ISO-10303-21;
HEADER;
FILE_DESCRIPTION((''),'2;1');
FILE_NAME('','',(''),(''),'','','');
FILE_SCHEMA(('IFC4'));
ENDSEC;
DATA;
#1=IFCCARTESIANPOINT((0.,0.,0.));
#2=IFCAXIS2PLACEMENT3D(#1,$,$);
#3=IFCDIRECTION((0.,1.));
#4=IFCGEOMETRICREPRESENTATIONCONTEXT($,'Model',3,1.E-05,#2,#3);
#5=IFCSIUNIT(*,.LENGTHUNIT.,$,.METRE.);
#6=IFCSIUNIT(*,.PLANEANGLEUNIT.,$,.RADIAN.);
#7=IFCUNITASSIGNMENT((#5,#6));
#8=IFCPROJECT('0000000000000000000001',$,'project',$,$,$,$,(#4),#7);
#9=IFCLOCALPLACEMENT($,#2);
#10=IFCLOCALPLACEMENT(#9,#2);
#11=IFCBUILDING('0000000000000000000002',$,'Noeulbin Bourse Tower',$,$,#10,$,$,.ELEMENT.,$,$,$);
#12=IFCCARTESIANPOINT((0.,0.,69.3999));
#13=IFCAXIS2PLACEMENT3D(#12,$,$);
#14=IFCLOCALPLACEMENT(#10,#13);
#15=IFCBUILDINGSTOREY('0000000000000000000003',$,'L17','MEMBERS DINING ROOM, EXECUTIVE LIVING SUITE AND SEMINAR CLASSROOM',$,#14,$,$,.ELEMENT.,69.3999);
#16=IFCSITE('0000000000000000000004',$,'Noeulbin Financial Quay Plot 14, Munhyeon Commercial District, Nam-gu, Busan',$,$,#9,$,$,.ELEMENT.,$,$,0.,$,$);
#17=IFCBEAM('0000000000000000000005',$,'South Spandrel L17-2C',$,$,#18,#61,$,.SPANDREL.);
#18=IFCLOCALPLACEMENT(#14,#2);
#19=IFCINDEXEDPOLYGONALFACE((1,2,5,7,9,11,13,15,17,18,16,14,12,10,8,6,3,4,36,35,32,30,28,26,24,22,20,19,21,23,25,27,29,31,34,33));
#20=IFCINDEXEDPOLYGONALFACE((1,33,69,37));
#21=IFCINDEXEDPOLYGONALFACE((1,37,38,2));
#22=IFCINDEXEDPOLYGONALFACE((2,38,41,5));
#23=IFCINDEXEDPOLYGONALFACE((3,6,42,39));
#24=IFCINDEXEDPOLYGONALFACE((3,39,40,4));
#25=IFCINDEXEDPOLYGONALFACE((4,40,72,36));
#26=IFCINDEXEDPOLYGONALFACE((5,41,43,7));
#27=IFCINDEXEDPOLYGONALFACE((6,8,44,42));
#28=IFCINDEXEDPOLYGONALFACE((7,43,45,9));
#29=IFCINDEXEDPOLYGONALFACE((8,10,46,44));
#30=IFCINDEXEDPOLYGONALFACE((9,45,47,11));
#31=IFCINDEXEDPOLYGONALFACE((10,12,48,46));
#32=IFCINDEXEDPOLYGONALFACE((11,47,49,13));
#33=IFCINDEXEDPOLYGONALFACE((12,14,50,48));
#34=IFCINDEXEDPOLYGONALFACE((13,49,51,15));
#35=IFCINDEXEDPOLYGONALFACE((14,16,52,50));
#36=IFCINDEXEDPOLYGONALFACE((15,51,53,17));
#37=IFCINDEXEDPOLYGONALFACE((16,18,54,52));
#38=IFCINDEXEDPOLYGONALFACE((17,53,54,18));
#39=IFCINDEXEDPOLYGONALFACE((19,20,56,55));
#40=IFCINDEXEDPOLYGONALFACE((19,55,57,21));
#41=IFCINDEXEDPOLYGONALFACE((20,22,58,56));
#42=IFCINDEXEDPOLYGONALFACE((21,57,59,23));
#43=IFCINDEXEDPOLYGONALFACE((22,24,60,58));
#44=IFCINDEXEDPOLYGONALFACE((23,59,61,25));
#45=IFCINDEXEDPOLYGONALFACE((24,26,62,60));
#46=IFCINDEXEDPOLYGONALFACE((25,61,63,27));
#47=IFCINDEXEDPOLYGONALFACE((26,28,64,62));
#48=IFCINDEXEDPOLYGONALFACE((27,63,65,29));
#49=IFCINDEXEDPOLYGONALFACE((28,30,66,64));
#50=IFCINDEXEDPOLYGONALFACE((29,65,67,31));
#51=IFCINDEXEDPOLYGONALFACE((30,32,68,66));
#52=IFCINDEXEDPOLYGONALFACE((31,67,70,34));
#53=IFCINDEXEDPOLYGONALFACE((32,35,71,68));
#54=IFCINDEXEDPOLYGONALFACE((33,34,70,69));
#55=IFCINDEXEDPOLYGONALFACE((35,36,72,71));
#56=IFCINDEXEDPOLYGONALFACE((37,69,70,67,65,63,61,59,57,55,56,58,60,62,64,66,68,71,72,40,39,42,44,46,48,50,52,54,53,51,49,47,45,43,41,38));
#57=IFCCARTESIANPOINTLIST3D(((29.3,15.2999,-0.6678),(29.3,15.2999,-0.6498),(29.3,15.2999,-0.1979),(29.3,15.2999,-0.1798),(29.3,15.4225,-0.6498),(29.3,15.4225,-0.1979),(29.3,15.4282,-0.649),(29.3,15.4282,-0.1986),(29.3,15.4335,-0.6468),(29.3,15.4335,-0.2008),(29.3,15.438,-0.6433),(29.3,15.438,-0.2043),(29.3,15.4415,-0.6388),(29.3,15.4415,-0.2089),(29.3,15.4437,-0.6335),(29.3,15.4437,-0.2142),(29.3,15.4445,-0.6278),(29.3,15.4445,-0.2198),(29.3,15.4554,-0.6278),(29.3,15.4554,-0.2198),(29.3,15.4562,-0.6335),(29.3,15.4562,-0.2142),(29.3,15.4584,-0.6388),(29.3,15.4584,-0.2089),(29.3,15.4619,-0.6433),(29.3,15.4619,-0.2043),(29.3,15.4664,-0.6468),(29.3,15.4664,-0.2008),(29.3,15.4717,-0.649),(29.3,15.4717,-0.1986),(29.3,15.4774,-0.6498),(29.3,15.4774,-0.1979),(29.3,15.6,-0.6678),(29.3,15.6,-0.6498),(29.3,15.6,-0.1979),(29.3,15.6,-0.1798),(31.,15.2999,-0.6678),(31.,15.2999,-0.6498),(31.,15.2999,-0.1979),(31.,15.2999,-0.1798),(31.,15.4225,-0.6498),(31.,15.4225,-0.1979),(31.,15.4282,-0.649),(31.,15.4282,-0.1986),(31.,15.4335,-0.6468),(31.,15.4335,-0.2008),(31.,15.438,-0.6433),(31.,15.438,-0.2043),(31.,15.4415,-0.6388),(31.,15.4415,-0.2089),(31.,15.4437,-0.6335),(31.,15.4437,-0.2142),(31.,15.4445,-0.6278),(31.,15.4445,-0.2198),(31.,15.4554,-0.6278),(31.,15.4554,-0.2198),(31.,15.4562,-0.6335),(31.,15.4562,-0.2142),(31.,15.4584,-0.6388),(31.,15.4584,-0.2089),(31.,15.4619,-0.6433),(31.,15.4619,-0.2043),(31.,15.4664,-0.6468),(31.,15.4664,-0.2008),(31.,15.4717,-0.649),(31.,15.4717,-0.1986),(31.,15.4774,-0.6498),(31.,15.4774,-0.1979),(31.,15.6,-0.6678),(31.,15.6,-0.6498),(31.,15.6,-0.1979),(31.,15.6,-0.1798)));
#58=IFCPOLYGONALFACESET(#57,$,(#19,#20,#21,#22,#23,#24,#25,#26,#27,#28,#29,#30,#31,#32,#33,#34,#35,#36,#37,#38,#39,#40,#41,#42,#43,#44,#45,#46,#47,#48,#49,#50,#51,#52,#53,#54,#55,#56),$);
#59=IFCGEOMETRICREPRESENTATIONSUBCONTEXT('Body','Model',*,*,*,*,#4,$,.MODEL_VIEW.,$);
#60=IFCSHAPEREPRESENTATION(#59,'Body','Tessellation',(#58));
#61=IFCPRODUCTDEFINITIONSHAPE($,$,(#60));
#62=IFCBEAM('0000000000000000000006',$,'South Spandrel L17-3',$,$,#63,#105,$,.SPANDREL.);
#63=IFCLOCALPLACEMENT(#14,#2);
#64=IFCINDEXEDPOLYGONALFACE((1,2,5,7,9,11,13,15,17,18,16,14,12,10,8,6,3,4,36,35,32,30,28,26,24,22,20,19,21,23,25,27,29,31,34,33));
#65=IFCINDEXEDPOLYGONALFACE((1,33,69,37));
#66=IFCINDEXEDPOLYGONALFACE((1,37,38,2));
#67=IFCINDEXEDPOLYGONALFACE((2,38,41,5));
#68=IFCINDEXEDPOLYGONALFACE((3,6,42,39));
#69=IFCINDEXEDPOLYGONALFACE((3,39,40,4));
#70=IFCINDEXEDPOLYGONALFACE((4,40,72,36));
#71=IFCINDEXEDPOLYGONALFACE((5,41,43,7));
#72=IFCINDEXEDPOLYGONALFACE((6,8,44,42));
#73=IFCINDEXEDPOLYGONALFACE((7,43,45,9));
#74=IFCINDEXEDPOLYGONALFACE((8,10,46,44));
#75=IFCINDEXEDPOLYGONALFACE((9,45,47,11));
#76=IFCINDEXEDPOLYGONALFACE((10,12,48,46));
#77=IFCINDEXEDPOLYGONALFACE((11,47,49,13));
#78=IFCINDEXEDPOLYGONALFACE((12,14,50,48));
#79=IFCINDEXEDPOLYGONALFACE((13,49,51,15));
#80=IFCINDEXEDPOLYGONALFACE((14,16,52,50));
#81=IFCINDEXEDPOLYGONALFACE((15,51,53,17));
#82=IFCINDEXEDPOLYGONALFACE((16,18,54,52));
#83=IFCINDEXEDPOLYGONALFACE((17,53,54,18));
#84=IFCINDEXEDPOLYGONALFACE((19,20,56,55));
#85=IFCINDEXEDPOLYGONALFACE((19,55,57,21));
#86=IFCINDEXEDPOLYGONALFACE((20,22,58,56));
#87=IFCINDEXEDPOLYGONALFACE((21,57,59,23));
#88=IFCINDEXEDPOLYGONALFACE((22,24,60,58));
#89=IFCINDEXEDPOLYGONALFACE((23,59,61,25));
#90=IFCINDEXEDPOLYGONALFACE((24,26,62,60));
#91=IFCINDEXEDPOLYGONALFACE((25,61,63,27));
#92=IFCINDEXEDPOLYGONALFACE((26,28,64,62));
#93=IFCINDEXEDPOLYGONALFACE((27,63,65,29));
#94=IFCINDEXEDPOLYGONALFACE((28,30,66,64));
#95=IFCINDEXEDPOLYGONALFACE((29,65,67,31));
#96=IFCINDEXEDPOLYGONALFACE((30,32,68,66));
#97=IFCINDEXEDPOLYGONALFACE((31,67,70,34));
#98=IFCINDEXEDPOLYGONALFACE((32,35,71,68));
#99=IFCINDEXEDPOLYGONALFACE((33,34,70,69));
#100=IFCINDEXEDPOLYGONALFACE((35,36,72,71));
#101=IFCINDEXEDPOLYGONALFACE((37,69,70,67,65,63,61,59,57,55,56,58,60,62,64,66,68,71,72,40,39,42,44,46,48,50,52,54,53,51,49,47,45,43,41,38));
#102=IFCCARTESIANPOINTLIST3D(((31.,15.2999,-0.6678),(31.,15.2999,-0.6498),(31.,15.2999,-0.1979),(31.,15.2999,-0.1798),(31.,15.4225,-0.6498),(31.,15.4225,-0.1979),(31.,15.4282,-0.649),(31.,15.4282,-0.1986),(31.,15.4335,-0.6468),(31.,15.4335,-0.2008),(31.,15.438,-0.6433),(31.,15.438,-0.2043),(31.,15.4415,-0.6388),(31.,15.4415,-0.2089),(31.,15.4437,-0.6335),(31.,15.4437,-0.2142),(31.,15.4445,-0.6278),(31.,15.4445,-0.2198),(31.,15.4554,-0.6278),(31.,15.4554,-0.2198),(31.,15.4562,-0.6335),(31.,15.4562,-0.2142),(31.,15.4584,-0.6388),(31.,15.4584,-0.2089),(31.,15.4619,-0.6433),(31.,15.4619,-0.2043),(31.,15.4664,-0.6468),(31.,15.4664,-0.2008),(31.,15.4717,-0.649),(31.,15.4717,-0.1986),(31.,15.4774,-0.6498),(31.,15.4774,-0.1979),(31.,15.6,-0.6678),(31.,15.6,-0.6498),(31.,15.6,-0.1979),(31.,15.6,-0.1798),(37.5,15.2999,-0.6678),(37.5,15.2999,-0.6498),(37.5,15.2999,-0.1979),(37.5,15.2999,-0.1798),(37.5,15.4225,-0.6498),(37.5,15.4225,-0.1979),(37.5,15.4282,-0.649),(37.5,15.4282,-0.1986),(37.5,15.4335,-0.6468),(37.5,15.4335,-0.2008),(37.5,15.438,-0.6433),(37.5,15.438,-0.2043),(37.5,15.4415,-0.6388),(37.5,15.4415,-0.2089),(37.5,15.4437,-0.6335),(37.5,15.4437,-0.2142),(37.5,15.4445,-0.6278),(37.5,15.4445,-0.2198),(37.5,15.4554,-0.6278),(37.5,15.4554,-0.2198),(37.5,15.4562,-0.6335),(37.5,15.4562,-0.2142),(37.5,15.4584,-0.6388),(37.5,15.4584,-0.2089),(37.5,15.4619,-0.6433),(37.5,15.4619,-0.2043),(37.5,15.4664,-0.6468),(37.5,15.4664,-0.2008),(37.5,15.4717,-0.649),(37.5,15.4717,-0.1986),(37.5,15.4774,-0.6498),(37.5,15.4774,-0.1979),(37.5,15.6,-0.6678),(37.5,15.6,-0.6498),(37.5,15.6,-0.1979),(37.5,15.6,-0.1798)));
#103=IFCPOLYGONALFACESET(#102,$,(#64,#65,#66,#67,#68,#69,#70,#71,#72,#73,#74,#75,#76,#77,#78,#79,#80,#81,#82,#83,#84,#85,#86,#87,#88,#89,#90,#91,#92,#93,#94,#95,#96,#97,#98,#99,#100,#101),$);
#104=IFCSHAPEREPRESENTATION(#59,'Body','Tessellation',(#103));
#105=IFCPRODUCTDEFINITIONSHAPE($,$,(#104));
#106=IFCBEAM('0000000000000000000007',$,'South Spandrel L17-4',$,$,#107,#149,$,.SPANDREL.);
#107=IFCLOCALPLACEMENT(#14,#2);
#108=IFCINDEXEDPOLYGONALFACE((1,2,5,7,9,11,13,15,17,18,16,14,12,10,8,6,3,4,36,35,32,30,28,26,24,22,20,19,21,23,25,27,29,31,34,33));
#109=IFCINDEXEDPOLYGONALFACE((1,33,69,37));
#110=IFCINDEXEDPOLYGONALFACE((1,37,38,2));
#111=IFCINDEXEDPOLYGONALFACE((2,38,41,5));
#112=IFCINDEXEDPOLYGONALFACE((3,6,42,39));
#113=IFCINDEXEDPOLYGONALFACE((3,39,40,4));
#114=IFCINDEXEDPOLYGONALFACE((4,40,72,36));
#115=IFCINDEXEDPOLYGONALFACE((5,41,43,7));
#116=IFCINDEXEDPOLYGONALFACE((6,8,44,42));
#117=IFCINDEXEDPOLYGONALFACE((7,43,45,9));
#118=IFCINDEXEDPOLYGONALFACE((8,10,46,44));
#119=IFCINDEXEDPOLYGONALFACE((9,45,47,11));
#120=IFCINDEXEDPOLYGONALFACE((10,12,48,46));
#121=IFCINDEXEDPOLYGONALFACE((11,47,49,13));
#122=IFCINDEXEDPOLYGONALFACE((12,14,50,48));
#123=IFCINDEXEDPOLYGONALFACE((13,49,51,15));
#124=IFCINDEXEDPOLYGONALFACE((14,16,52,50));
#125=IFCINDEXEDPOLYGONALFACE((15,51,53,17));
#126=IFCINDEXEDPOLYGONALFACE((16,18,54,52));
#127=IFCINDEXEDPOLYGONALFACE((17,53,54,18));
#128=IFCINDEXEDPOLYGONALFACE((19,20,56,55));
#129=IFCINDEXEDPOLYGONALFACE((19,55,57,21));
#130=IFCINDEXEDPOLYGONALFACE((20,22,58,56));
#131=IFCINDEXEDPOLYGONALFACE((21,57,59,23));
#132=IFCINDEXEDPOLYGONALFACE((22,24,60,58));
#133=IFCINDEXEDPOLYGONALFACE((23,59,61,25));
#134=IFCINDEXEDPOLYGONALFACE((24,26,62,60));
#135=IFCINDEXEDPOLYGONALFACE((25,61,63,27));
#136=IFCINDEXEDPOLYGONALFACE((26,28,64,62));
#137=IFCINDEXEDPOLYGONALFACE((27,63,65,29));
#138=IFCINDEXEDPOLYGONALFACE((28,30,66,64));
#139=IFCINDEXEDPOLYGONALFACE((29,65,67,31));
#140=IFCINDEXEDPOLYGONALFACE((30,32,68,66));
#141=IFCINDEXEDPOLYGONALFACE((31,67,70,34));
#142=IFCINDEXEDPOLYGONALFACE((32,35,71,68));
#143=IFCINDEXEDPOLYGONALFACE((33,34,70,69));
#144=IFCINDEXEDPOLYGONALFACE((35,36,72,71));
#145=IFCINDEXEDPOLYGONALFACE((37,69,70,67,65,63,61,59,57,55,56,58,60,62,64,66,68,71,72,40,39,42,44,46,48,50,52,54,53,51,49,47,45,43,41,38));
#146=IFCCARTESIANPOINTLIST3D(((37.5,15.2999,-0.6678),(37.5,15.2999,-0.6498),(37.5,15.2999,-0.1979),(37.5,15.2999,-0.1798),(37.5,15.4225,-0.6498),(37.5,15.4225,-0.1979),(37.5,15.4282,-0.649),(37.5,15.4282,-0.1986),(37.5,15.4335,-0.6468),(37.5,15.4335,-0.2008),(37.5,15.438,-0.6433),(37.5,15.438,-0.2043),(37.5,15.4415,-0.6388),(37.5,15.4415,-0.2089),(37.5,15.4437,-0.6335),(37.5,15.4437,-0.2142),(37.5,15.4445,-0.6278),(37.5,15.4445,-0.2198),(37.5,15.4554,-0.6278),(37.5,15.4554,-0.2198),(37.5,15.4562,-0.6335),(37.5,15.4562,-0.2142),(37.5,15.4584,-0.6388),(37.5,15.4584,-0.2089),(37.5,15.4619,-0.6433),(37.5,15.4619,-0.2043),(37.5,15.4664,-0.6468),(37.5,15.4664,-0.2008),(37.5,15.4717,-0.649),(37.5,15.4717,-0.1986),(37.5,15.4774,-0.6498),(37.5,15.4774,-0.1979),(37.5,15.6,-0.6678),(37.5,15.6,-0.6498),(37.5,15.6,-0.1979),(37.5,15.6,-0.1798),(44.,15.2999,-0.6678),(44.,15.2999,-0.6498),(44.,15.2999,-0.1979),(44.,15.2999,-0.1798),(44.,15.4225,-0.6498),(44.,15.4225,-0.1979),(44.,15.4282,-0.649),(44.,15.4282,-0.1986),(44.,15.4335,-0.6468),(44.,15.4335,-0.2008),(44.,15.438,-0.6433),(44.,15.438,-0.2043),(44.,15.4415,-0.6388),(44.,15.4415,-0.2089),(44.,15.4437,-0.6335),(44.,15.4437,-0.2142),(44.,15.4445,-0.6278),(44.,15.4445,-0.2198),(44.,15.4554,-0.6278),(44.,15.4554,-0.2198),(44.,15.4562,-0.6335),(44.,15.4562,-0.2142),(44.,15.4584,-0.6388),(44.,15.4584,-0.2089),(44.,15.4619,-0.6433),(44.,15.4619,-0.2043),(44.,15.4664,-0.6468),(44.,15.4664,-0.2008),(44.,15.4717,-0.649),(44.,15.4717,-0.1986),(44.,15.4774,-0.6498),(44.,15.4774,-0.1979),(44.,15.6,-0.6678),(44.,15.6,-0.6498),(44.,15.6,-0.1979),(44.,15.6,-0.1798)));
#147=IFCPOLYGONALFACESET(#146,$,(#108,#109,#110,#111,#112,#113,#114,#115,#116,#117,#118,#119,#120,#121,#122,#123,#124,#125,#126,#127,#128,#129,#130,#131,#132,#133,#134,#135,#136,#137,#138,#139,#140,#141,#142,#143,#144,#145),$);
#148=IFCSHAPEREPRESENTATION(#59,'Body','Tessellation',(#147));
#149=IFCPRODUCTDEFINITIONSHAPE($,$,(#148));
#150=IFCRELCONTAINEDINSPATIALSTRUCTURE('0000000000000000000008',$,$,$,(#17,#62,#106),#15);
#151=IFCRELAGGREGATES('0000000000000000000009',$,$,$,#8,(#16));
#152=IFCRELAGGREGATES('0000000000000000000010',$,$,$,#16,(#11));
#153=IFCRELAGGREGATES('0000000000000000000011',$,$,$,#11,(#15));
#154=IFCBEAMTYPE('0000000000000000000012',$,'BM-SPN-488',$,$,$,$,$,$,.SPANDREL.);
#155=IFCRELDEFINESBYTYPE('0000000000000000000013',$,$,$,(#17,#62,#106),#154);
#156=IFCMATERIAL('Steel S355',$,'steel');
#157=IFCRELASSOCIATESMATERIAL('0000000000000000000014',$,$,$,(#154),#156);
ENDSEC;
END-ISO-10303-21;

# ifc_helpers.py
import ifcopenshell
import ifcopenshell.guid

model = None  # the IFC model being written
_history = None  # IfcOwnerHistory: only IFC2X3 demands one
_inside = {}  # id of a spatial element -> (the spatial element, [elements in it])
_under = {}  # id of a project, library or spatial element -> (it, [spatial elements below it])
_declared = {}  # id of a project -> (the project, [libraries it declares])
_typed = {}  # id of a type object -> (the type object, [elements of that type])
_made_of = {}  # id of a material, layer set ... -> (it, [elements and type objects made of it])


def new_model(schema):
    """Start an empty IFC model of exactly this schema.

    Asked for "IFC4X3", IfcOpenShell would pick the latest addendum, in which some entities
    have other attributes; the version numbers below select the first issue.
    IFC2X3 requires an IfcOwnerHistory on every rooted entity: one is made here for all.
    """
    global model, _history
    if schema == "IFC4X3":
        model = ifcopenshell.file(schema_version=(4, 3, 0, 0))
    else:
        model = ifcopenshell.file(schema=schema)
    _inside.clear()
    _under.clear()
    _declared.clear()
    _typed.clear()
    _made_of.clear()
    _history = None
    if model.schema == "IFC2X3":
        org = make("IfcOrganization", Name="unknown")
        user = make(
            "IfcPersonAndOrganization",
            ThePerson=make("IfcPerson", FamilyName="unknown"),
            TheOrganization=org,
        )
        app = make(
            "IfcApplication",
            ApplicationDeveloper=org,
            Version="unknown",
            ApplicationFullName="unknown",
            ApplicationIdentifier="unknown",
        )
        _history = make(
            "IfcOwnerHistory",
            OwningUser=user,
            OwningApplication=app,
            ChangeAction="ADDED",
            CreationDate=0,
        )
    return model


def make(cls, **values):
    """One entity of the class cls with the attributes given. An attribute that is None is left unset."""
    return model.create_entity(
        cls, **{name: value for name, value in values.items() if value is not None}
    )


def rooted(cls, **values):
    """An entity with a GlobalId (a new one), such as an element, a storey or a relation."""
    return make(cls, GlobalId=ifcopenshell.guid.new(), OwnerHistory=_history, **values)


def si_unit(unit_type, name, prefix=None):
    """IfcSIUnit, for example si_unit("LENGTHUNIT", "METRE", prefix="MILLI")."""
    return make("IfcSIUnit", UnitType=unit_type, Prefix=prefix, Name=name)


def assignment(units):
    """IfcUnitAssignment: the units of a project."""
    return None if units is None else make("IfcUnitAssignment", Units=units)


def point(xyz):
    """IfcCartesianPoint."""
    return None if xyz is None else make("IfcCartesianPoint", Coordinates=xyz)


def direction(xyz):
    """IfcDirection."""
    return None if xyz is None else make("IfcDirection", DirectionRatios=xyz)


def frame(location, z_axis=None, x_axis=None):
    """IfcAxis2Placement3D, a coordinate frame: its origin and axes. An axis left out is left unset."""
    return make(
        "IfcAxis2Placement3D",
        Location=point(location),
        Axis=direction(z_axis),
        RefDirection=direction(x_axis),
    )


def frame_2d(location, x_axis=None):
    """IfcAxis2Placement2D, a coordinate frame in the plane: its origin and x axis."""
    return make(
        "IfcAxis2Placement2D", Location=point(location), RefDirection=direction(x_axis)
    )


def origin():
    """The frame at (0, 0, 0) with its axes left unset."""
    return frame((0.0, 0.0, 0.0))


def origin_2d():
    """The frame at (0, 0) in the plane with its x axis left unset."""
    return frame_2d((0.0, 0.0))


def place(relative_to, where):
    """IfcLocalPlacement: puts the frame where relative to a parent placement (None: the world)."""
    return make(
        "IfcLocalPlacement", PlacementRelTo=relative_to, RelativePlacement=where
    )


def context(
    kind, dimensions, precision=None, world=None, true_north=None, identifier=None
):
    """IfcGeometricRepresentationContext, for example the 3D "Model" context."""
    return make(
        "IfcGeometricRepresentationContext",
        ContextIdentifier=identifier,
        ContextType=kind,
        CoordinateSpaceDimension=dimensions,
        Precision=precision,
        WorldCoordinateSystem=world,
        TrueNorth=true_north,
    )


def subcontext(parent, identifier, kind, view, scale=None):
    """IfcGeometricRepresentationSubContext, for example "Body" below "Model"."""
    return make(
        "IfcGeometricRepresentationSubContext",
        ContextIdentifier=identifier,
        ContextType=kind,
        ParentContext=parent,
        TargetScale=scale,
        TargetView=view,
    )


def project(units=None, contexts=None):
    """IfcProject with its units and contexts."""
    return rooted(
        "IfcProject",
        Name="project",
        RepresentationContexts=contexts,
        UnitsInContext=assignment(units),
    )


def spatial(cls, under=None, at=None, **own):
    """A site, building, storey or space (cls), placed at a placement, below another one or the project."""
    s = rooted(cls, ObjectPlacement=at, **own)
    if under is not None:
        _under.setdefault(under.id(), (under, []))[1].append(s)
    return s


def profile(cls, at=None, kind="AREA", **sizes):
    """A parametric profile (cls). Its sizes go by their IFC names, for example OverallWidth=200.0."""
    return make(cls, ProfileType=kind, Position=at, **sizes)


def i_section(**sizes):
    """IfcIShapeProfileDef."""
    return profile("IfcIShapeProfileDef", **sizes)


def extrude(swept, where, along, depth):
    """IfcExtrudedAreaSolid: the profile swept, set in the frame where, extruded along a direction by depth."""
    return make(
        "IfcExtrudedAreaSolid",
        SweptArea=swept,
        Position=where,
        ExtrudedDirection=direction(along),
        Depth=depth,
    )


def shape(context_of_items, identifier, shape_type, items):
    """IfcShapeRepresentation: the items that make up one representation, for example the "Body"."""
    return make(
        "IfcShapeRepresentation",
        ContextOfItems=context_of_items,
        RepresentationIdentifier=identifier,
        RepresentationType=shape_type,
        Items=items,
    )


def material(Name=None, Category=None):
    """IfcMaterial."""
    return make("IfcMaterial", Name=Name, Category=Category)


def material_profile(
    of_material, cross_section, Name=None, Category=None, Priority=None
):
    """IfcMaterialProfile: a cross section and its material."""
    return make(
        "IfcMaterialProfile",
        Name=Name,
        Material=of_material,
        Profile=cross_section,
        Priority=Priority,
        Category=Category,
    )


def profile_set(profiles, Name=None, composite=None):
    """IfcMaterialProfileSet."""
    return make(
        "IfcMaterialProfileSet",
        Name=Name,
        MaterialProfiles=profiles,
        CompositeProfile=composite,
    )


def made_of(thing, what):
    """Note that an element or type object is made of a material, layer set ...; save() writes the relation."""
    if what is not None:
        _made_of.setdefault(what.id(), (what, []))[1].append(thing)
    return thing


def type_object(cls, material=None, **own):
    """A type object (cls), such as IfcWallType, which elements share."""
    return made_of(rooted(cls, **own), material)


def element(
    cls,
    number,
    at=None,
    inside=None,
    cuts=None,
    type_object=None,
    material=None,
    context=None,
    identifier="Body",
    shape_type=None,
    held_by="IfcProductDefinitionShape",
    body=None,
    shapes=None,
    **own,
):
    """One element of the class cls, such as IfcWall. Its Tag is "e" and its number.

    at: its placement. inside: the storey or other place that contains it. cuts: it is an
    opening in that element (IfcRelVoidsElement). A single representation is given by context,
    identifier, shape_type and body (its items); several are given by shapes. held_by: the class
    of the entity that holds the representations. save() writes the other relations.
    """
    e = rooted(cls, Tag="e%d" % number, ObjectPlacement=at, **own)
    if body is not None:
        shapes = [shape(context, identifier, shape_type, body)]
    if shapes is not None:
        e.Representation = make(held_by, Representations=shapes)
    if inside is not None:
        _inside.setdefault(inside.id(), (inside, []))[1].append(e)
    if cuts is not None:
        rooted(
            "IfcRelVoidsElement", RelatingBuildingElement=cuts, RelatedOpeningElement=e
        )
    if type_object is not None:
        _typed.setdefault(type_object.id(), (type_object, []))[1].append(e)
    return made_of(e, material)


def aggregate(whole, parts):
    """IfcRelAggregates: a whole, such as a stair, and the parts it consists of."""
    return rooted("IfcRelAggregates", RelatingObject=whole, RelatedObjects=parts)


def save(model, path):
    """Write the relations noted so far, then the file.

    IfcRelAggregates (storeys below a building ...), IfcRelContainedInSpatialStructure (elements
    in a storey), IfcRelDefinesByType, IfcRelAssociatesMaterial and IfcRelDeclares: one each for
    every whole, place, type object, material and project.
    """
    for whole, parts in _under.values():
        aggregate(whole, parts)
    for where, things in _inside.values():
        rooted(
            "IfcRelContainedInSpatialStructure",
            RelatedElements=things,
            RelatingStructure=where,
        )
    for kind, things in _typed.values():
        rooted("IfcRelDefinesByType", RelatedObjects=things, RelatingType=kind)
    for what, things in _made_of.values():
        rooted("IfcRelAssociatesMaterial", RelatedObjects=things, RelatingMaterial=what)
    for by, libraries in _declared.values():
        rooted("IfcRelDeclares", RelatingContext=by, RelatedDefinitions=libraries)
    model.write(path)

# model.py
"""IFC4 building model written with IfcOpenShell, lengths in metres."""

from ifc_helpers import new_model, si_unit, direction, frame, origin, origin_2d, place, context, subcontext, project, spatial, i_section, extrude, material, material_profile, profile_set, type_object, element, save


model = new_model("IFC4")

# Units and contexts
model_context = context("Model", 3, precision=1e-05, world=origin(), true_north=direction((0.0, 1.0)))
body_context = subcontext(model_context, "Body", "Model", "MODEL_VIEW")
ifc_project = project(units=[si_unit("LENGTHUNIT", "METRE"), si_unit("PLANEANGLEUNIT", "RADIAN")], contexts=[model_context])

# Site, building, storey
site_placement = place(None, origin())
site = spatial("IfcSite", under=ifc_project, at=site_placement, Name="Noeulbin Financial Quay Plot 14, Munhyeon Commercial District, Nam-gu, Busan", CompositionType="ELEMENT", RefElevation=0.0)
building_placement = place(site_placement, origin())
building = spatial("IfcBuilding", under=site, at=building_placement, Name="Noeulbin Bourse Tower", CompositionType="ELEMENT")
storey_placement = place(building_placement, frame((0.0, 0.0, 69.3999)))
storey = spatial("IfcBuildingStorey", under=building, at=storey_placement, Name="L17", Description="MEMBERS DINING ROOM, EXECUTIVE LIVING SUITE AND SEMINAR CLASSROOM", CompositionType="ELEMENT", Elevation=69.3999)

# Beams
ifc_material_1 = material(Name="Steel S355", Category="steel")
ifc_material_profile_1 = material_profile(ifc_material_1, i_section(OverallWidth=0.3, OverallDepth=0.488, WebThickness=0.011, FlangeThickness=0.0181, FilletRadius=0.022, at=origin_2d()), Name="H-488x300x11x18", Category="LoadBearing")
ifc_profile_set_1 = profile_set([ifc_material_profile_1], Name="Steel S355")
beam_type_1 = type_object("IfcBeamType", Name="BM-SPN-488", PredefinedType="SPANDREL", material=ifc_profile_set_1)
beam_1_placement = place(storey_placement, frame((29.3, 15.45, -0.4238), z_axis=(1.0, 0.0, 0.0), x_axis=(0.0, 1.0, 0.0)))
element("IfcBeam", 1, at=beam_1_placement, inside=storey, type_object=beam_type_1, Name="South Spandrel L17-2C", PredefinedType="SPANDREL", context=body_context, shape_type="SweptSolid", body=[
    extrude(i_section(OverallWidth=0.3, OverallDepth=0.488, WebThickness=0.011, FlangeThickness=0.0181, FilletRadius=0.022, at=origin_2d()), origin(), (0.0, 0.0, 1.0), 1.7),
])
for number, where, z_axis, x_axis, name in (
    (2, (31.0, 15.45, -0.4238), (1.0, 0.0, 0.0), (0.0, 1.0, 0.0), "South Spandrel L17-3"),
    (3, (37.5, 15.45, -0.4238), (1.0, 0.0, 0.0), (0.0, 1.0, 0.0), "South Spandrel L17-4"),
):
    element("IfcBeam", number, at=place(storey_placement, frame(where, z_axis=z_axis, x_axis=x_axis)), inside=storey, type_object=beam_type_1, Name=name, PredefinedType="SPANDREL", context=body_context, shape_type="SweptSolid", body=[
        extrude(i_section(OverallWidth=0.3, OverallDepth=0.488, WebThickness=0.011, FlangeThickness=0.0181, FilletRadius=0.022, at=origin_2d()), origin(), (0.0, 0.0, 1.0), 6.5),
    ])

save(model, "model.ifc")
